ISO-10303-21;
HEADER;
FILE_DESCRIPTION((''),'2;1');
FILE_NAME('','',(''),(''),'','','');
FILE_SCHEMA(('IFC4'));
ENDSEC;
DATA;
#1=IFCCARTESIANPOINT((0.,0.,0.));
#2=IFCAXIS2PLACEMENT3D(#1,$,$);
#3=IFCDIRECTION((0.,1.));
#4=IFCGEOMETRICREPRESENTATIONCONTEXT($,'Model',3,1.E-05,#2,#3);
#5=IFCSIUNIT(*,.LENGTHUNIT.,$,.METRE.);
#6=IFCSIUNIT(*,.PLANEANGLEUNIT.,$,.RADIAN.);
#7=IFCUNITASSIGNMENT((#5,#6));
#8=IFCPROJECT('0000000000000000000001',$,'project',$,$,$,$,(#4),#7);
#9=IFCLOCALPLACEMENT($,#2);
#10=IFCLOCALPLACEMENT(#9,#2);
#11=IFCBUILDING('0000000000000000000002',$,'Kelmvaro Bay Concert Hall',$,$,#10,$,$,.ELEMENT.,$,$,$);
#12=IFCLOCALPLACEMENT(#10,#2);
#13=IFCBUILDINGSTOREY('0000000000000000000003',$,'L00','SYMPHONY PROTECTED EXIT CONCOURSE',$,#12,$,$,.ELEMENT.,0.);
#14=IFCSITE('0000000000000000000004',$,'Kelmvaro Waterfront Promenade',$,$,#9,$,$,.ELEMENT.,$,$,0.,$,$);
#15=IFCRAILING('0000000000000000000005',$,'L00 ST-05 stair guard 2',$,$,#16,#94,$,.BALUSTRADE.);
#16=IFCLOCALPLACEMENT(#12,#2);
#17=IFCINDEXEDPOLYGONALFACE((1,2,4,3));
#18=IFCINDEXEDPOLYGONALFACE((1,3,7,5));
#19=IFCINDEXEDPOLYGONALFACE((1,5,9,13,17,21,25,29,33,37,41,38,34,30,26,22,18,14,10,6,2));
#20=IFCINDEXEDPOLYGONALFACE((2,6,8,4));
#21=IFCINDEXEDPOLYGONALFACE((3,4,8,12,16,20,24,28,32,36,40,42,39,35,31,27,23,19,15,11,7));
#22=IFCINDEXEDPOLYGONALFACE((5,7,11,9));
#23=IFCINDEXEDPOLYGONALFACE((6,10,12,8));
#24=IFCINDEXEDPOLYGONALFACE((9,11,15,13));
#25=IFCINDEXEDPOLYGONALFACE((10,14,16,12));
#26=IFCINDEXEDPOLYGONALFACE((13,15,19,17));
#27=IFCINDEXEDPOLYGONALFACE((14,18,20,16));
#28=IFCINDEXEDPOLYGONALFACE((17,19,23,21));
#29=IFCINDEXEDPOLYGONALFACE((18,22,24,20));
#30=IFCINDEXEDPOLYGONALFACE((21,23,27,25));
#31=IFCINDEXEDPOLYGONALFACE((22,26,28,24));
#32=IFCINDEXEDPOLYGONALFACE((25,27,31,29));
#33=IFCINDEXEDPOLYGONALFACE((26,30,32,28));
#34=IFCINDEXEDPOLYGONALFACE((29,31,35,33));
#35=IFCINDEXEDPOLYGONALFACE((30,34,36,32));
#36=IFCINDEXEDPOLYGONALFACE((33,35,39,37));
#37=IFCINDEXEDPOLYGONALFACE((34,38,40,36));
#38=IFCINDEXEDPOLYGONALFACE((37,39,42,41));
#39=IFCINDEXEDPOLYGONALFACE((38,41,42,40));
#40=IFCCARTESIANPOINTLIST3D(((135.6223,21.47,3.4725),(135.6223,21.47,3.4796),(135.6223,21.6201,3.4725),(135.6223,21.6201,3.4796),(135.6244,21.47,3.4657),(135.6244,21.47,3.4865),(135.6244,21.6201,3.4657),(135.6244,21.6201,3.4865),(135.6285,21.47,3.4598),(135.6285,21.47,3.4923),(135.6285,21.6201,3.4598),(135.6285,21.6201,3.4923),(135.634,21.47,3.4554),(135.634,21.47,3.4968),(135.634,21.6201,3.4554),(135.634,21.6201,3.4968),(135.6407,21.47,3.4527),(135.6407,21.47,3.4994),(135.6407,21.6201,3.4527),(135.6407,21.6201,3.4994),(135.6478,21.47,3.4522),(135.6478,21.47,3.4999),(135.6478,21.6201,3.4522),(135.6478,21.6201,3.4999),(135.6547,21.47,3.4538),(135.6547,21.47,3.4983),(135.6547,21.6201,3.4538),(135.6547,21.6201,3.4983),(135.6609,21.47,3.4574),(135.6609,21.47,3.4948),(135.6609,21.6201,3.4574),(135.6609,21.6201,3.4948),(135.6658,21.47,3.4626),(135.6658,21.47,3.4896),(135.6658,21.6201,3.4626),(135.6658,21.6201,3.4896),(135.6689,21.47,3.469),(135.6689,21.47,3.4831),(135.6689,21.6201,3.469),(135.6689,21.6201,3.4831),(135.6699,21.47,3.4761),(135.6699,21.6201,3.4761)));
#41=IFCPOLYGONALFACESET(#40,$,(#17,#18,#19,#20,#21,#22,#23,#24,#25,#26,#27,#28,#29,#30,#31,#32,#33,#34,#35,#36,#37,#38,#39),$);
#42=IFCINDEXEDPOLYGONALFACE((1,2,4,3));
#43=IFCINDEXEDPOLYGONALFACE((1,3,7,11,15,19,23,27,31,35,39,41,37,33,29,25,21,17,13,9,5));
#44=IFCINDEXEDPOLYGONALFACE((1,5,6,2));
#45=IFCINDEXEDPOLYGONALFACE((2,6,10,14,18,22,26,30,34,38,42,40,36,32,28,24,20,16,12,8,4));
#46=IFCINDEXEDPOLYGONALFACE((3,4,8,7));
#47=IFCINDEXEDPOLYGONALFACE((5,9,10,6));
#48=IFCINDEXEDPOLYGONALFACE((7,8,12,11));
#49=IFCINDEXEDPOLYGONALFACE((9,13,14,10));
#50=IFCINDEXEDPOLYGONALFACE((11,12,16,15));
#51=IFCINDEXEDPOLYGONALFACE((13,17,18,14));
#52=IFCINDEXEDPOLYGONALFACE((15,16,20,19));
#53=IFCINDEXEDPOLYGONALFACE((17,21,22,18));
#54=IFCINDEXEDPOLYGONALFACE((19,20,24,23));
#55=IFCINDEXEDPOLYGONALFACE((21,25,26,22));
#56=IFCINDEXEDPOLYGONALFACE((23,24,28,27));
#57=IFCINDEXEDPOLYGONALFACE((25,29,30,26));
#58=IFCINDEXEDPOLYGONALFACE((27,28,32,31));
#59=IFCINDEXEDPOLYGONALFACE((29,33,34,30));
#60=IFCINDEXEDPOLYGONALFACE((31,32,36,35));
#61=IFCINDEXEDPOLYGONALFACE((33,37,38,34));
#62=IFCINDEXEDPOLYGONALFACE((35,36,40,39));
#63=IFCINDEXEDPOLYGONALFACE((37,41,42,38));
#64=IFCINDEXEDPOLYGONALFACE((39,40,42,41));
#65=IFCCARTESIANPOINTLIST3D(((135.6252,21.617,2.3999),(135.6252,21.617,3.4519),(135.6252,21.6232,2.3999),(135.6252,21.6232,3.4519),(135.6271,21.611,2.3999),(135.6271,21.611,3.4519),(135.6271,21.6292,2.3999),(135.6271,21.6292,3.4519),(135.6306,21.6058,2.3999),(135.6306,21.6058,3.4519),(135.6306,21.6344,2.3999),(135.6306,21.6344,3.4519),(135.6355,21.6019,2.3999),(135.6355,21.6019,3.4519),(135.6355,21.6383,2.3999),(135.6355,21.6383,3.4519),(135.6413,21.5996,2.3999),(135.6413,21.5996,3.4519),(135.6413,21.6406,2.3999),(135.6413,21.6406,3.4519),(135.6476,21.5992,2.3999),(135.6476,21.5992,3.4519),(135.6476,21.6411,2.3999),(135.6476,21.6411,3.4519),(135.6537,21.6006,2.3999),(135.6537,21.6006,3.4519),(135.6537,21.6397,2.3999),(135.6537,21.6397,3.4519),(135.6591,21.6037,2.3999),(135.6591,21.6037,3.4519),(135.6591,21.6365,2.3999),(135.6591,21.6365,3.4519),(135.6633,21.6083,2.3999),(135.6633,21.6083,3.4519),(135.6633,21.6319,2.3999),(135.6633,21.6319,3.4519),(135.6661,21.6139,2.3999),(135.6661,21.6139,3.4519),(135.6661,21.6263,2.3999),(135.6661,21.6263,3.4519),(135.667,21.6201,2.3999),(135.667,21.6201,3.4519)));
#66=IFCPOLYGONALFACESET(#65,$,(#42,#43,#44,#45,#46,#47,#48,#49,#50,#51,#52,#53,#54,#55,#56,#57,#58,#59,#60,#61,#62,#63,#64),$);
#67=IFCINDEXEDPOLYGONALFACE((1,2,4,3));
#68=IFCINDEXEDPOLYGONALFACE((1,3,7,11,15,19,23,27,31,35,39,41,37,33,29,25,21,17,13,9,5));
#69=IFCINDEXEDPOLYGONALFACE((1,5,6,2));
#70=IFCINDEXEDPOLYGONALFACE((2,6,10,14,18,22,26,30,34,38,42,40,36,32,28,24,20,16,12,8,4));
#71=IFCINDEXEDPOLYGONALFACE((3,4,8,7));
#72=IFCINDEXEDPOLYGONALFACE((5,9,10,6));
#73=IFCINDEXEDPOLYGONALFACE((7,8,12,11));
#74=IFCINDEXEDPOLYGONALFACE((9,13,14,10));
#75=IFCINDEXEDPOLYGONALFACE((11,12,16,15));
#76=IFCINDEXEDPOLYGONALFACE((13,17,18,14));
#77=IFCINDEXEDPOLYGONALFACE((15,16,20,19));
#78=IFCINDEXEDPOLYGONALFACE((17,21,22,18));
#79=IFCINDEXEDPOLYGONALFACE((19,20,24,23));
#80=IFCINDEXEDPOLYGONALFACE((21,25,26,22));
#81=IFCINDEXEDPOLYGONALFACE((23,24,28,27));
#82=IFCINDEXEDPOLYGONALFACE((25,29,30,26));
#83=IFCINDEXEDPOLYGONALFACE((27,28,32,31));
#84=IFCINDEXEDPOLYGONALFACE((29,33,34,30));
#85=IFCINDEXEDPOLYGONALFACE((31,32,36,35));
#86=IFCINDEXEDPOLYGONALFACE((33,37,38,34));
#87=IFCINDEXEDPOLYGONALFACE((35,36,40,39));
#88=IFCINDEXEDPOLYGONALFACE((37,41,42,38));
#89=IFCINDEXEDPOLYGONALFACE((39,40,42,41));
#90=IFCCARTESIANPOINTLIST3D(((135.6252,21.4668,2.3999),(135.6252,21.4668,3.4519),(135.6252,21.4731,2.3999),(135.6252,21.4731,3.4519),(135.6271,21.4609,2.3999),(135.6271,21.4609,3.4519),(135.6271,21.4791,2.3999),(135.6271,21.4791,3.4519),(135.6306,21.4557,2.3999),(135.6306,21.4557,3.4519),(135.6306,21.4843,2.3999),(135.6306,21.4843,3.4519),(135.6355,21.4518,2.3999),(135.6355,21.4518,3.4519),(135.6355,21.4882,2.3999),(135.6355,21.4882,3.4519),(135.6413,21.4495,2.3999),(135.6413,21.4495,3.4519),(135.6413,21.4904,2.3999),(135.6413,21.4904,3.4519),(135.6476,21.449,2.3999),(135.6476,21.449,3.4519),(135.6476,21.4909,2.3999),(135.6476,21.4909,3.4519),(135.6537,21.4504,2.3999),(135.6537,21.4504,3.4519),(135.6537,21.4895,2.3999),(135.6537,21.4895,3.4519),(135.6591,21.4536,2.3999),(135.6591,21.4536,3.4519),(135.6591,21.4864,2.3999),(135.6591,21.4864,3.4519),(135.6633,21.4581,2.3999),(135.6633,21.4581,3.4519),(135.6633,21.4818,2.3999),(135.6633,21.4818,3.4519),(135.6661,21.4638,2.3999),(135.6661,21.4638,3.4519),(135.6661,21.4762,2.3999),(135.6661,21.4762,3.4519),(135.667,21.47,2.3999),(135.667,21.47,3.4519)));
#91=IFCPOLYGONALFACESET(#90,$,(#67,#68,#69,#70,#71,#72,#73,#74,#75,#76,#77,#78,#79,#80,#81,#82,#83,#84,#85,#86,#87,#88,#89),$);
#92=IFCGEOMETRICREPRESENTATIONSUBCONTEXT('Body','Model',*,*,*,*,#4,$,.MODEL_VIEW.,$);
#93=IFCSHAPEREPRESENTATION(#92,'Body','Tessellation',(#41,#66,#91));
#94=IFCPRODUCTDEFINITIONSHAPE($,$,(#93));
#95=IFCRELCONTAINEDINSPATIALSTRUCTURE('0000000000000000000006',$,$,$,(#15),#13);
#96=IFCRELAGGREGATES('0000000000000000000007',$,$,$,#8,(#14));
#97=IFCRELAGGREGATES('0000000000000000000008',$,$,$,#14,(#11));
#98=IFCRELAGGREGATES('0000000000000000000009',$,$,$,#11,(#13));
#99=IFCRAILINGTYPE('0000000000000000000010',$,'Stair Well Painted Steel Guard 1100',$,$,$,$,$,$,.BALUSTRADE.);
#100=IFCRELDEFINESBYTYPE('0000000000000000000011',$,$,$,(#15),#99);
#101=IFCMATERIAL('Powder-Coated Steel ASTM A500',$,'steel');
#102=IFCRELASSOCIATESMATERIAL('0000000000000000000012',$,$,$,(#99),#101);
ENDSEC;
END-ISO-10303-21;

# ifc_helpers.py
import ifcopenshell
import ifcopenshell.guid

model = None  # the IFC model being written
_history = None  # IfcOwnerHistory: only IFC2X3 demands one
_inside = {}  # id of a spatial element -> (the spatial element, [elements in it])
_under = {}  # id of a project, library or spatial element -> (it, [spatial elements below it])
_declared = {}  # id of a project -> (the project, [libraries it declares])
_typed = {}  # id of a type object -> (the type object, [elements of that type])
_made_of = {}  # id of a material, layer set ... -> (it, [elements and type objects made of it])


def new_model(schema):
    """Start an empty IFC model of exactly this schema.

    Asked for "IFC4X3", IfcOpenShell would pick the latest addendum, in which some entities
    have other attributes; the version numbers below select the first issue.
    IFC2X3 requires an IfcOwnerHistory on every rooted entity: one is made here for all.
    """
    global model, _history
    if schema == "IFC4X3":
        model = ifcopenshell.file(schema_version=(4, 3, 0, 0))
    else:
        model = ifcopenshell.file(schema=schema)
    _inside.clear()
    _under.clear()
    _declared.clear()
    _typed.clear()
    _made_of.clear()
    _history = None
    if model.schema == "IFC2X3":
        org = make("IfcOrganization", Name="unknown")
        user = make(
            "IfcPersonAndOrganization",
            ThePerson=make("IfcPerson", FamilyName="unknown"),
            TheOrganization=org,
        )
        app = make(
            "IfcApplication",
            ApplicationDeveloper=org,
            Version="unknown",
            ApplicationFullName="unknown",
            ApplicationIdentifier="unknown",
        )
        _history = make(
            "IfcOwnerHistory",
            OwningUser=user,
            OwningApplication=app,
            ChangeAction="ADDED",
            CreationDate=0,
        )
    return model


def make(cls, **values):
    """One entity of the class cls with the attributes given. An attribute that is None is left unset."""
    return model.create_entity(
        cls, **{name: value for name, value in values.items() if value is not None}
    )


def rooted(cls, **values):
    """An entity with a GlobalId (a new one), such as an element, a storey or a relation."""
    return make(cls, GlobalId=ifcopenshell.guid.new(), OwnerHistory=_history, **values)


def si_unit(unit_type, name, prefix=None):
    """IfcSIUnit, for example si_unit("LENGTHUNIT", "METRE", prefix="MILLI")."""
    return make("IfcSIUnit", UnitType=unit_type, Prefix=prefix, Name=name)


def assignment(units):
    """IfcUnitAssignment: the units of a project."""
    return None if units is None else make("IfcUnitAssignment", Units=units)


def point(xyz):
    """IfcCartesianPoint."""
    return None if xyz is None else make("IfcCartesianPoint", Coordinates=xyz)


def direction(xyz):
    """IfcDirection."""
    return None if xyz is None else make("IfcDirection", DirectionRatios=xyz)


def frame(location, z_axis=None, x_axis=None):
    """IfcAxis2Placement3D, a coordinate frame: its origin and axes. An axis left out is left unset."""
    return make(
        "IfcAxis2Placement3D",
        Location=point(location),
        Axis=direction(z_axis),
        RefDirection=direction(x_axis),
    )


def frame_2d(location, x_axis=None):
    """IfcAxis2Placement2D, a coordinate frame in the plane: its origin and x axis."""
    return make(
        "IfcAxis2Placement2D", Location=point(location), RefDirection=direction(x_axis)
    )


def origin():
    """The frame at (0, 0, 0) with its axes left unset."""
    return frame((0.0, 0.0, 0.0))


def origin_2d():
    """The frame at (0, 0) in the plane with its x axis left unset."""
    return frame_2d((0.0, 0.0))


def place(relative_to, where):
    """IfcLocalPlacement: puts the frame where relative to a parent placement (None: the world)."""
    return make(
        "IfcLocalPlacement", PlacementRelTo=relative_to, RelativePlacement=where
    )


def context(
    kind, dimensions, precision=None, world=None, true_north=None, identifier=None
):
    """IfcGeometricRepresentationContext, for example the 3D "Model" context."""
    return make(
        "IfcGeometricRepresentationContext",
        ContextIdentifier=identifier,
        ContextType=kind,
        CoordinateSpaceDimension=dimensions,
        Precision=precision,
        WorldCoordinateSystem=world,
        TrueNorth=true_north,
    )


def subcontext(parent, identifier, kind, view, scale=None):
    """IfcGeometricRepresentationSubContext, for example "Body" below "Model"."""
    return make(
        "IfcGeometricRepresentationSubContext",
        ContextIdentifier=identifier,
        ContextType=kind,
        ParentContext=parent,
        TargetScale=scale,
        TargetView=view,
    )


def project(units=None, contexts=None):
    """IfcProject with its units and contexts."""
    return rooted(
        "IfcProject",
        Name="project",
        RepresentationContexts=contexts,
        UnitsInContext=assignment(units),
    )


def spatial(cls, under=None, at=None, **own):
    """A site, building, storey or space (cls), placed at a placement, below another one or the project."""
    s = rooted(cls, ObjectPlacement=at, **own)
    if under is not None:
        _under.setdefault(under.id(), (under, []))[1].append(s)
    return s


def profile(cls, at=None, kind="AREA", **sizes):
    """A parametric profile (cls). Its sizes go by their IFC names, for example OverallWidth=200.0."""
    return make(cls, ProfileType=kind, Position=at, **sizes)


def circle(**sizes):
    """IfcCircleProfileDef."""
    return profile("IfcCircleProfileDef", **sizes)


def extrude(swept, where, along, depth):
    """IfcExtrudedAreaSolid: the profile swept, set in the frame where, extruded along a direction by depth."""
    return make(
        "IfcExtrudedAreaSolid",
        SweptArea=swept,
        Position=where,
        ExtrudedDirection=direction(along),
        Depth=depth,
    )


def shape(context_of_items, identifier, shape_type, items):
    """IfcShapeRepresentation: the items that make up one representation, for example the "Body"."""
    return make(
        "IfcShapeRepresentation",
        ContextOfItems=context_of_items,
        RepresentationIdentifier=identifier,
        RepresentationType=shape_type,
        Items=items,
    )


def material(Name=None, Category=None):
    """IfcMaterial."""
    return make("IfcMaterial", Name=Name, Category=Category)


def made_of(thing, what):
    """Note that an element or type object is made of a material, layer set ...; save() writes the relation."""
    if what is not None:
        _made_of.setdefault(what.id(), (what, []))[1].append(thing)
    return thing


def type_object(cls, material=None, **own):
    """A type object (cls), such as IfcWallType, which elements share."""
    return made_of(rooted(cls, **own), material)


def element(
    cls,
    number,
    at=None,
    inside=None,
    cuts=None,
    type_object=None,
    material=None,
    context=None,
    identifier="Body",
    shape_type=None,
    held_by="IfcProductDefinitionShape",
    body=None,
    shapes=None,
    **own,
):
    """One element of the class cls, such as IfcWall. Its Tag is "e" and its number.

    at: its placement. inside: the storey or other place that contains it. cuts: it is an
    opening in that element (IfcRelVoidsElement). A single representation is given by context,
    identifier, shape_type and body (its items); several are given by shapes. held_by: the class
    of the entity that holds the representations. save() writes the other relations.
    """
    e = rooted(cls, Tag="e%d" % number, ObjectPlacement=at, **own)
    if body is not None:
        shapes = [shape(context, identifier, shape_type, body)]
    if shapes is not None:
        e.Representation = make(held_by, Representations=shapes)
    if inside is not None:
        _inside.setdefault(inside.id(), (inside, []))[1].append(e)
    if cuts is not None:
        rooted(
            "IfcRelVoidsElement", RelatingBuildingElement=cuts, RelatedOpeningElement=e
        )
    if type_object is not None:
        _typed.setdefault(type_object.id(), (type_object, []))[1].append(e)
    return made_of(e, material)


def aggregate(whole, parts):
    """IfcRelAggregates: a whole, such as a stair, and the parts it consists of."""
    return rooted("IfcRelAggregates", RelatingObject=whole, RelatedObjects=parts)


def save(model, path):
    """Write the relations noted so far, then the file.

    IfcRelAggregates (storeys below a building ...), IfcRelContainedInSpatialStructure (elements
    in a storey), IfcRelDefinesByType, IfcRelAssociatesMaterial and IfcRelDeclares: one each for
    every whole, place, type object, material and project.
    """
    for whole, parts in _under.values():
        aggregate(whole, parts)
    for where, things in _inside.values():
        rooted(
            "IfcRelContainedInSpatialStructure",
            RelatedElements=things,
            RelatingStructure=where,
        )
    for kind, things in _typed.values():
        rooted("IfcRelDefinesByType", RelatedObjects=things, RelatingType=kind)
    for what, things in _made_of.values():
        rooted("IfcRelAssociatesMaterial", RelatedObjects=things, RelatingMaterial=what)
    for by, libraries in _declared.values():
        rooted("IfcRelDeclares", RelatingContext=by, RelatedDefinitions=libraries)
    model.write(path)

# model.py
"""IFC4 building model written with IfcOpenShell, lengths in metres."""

from ifc_helpers import new_model, si_unit, direction, frame, origin, origin_2d, place, context, subcontext, project, spatial, circle, extrude, material, type_object, element, save


model = new_model("IFC4")

# Units and contexts
model_context = context("Model", 3, precision=1e-05, world=origin(), true_north=direction((0.0, 1.0)))
body_context = subcontext(model_context, "Body", "Model", "MODEL_VIEW")
ifc_project = project(units=[si_unit("LENGTHUNIT", "METRE"), si_unit("PLANEANGLEUNIT", "RADIAN")], contexts=[model_context])

# Site, building, storey
site_placement = place(None, origin())
site = spatial("IfcSite", under=ifc_project, at=site_placement, Name="Kelmvaro Waterfront Promenade", CompositionType="ELEMENT", RefElevation=0.0)
building_placement = place(site_placement, origin())
building = spatial("IfcBuilding", under=site, at=building_placement, Name="Kelmvaro Bay Concert Hall", CompositionType="ELEMENT")
storey_placement = place(building_placement, origin())
storey = spatial("IfcBuildingStorey", under=building, at=storey_placement, Name="L00", Description="SYMPHONY PROTECTED EXIT CONCOURSE", CompositionType="ELEMENT", Elevation=0.0)

# Railing
ifc_material_1 = material(Name="Powder-Coated Steel ASTM A500", Category="steel")
railing_type_1 = type_object("IfcRailingType", Name="Stair Well Painted Steel Guard 1100", PredefinedType="BALUSTRADE", material=ifc_material_1)
railing_1_placement = place(storey_placement, frame((135.646, 21.6201, 2.3999)))
element("IfcRailing", 1, at=railing_1_placement, inside=storey, type_object=railing_type_1, Name="L00 ST-05 stair guard 2", PredefinedType="BALUSTRADE", context=body_context, shape_type="SweptSolid", body=[
    extrude(circle(Radius=0.0239, at=origin_2d()), frame((0.0, 0.0, 1.0762), z_axis=(0.0, -1.0, 0.0), x_axis=(1.0, 0.0, 0.0)), (0.0, 0.0, 1.0), 0.1501),
    extrude(circle(Radius=0.021, at=origin_2d()), origin(), (0.0, 0.0, 1.0), 1.052),
    extrude(circle(Radius=0.021, at=origin_2d()), frame((0.0, -0.1501, 0.0)), (0.0, 0.0, 1.0), 1.052),
])

save(model, "model.ifc")
